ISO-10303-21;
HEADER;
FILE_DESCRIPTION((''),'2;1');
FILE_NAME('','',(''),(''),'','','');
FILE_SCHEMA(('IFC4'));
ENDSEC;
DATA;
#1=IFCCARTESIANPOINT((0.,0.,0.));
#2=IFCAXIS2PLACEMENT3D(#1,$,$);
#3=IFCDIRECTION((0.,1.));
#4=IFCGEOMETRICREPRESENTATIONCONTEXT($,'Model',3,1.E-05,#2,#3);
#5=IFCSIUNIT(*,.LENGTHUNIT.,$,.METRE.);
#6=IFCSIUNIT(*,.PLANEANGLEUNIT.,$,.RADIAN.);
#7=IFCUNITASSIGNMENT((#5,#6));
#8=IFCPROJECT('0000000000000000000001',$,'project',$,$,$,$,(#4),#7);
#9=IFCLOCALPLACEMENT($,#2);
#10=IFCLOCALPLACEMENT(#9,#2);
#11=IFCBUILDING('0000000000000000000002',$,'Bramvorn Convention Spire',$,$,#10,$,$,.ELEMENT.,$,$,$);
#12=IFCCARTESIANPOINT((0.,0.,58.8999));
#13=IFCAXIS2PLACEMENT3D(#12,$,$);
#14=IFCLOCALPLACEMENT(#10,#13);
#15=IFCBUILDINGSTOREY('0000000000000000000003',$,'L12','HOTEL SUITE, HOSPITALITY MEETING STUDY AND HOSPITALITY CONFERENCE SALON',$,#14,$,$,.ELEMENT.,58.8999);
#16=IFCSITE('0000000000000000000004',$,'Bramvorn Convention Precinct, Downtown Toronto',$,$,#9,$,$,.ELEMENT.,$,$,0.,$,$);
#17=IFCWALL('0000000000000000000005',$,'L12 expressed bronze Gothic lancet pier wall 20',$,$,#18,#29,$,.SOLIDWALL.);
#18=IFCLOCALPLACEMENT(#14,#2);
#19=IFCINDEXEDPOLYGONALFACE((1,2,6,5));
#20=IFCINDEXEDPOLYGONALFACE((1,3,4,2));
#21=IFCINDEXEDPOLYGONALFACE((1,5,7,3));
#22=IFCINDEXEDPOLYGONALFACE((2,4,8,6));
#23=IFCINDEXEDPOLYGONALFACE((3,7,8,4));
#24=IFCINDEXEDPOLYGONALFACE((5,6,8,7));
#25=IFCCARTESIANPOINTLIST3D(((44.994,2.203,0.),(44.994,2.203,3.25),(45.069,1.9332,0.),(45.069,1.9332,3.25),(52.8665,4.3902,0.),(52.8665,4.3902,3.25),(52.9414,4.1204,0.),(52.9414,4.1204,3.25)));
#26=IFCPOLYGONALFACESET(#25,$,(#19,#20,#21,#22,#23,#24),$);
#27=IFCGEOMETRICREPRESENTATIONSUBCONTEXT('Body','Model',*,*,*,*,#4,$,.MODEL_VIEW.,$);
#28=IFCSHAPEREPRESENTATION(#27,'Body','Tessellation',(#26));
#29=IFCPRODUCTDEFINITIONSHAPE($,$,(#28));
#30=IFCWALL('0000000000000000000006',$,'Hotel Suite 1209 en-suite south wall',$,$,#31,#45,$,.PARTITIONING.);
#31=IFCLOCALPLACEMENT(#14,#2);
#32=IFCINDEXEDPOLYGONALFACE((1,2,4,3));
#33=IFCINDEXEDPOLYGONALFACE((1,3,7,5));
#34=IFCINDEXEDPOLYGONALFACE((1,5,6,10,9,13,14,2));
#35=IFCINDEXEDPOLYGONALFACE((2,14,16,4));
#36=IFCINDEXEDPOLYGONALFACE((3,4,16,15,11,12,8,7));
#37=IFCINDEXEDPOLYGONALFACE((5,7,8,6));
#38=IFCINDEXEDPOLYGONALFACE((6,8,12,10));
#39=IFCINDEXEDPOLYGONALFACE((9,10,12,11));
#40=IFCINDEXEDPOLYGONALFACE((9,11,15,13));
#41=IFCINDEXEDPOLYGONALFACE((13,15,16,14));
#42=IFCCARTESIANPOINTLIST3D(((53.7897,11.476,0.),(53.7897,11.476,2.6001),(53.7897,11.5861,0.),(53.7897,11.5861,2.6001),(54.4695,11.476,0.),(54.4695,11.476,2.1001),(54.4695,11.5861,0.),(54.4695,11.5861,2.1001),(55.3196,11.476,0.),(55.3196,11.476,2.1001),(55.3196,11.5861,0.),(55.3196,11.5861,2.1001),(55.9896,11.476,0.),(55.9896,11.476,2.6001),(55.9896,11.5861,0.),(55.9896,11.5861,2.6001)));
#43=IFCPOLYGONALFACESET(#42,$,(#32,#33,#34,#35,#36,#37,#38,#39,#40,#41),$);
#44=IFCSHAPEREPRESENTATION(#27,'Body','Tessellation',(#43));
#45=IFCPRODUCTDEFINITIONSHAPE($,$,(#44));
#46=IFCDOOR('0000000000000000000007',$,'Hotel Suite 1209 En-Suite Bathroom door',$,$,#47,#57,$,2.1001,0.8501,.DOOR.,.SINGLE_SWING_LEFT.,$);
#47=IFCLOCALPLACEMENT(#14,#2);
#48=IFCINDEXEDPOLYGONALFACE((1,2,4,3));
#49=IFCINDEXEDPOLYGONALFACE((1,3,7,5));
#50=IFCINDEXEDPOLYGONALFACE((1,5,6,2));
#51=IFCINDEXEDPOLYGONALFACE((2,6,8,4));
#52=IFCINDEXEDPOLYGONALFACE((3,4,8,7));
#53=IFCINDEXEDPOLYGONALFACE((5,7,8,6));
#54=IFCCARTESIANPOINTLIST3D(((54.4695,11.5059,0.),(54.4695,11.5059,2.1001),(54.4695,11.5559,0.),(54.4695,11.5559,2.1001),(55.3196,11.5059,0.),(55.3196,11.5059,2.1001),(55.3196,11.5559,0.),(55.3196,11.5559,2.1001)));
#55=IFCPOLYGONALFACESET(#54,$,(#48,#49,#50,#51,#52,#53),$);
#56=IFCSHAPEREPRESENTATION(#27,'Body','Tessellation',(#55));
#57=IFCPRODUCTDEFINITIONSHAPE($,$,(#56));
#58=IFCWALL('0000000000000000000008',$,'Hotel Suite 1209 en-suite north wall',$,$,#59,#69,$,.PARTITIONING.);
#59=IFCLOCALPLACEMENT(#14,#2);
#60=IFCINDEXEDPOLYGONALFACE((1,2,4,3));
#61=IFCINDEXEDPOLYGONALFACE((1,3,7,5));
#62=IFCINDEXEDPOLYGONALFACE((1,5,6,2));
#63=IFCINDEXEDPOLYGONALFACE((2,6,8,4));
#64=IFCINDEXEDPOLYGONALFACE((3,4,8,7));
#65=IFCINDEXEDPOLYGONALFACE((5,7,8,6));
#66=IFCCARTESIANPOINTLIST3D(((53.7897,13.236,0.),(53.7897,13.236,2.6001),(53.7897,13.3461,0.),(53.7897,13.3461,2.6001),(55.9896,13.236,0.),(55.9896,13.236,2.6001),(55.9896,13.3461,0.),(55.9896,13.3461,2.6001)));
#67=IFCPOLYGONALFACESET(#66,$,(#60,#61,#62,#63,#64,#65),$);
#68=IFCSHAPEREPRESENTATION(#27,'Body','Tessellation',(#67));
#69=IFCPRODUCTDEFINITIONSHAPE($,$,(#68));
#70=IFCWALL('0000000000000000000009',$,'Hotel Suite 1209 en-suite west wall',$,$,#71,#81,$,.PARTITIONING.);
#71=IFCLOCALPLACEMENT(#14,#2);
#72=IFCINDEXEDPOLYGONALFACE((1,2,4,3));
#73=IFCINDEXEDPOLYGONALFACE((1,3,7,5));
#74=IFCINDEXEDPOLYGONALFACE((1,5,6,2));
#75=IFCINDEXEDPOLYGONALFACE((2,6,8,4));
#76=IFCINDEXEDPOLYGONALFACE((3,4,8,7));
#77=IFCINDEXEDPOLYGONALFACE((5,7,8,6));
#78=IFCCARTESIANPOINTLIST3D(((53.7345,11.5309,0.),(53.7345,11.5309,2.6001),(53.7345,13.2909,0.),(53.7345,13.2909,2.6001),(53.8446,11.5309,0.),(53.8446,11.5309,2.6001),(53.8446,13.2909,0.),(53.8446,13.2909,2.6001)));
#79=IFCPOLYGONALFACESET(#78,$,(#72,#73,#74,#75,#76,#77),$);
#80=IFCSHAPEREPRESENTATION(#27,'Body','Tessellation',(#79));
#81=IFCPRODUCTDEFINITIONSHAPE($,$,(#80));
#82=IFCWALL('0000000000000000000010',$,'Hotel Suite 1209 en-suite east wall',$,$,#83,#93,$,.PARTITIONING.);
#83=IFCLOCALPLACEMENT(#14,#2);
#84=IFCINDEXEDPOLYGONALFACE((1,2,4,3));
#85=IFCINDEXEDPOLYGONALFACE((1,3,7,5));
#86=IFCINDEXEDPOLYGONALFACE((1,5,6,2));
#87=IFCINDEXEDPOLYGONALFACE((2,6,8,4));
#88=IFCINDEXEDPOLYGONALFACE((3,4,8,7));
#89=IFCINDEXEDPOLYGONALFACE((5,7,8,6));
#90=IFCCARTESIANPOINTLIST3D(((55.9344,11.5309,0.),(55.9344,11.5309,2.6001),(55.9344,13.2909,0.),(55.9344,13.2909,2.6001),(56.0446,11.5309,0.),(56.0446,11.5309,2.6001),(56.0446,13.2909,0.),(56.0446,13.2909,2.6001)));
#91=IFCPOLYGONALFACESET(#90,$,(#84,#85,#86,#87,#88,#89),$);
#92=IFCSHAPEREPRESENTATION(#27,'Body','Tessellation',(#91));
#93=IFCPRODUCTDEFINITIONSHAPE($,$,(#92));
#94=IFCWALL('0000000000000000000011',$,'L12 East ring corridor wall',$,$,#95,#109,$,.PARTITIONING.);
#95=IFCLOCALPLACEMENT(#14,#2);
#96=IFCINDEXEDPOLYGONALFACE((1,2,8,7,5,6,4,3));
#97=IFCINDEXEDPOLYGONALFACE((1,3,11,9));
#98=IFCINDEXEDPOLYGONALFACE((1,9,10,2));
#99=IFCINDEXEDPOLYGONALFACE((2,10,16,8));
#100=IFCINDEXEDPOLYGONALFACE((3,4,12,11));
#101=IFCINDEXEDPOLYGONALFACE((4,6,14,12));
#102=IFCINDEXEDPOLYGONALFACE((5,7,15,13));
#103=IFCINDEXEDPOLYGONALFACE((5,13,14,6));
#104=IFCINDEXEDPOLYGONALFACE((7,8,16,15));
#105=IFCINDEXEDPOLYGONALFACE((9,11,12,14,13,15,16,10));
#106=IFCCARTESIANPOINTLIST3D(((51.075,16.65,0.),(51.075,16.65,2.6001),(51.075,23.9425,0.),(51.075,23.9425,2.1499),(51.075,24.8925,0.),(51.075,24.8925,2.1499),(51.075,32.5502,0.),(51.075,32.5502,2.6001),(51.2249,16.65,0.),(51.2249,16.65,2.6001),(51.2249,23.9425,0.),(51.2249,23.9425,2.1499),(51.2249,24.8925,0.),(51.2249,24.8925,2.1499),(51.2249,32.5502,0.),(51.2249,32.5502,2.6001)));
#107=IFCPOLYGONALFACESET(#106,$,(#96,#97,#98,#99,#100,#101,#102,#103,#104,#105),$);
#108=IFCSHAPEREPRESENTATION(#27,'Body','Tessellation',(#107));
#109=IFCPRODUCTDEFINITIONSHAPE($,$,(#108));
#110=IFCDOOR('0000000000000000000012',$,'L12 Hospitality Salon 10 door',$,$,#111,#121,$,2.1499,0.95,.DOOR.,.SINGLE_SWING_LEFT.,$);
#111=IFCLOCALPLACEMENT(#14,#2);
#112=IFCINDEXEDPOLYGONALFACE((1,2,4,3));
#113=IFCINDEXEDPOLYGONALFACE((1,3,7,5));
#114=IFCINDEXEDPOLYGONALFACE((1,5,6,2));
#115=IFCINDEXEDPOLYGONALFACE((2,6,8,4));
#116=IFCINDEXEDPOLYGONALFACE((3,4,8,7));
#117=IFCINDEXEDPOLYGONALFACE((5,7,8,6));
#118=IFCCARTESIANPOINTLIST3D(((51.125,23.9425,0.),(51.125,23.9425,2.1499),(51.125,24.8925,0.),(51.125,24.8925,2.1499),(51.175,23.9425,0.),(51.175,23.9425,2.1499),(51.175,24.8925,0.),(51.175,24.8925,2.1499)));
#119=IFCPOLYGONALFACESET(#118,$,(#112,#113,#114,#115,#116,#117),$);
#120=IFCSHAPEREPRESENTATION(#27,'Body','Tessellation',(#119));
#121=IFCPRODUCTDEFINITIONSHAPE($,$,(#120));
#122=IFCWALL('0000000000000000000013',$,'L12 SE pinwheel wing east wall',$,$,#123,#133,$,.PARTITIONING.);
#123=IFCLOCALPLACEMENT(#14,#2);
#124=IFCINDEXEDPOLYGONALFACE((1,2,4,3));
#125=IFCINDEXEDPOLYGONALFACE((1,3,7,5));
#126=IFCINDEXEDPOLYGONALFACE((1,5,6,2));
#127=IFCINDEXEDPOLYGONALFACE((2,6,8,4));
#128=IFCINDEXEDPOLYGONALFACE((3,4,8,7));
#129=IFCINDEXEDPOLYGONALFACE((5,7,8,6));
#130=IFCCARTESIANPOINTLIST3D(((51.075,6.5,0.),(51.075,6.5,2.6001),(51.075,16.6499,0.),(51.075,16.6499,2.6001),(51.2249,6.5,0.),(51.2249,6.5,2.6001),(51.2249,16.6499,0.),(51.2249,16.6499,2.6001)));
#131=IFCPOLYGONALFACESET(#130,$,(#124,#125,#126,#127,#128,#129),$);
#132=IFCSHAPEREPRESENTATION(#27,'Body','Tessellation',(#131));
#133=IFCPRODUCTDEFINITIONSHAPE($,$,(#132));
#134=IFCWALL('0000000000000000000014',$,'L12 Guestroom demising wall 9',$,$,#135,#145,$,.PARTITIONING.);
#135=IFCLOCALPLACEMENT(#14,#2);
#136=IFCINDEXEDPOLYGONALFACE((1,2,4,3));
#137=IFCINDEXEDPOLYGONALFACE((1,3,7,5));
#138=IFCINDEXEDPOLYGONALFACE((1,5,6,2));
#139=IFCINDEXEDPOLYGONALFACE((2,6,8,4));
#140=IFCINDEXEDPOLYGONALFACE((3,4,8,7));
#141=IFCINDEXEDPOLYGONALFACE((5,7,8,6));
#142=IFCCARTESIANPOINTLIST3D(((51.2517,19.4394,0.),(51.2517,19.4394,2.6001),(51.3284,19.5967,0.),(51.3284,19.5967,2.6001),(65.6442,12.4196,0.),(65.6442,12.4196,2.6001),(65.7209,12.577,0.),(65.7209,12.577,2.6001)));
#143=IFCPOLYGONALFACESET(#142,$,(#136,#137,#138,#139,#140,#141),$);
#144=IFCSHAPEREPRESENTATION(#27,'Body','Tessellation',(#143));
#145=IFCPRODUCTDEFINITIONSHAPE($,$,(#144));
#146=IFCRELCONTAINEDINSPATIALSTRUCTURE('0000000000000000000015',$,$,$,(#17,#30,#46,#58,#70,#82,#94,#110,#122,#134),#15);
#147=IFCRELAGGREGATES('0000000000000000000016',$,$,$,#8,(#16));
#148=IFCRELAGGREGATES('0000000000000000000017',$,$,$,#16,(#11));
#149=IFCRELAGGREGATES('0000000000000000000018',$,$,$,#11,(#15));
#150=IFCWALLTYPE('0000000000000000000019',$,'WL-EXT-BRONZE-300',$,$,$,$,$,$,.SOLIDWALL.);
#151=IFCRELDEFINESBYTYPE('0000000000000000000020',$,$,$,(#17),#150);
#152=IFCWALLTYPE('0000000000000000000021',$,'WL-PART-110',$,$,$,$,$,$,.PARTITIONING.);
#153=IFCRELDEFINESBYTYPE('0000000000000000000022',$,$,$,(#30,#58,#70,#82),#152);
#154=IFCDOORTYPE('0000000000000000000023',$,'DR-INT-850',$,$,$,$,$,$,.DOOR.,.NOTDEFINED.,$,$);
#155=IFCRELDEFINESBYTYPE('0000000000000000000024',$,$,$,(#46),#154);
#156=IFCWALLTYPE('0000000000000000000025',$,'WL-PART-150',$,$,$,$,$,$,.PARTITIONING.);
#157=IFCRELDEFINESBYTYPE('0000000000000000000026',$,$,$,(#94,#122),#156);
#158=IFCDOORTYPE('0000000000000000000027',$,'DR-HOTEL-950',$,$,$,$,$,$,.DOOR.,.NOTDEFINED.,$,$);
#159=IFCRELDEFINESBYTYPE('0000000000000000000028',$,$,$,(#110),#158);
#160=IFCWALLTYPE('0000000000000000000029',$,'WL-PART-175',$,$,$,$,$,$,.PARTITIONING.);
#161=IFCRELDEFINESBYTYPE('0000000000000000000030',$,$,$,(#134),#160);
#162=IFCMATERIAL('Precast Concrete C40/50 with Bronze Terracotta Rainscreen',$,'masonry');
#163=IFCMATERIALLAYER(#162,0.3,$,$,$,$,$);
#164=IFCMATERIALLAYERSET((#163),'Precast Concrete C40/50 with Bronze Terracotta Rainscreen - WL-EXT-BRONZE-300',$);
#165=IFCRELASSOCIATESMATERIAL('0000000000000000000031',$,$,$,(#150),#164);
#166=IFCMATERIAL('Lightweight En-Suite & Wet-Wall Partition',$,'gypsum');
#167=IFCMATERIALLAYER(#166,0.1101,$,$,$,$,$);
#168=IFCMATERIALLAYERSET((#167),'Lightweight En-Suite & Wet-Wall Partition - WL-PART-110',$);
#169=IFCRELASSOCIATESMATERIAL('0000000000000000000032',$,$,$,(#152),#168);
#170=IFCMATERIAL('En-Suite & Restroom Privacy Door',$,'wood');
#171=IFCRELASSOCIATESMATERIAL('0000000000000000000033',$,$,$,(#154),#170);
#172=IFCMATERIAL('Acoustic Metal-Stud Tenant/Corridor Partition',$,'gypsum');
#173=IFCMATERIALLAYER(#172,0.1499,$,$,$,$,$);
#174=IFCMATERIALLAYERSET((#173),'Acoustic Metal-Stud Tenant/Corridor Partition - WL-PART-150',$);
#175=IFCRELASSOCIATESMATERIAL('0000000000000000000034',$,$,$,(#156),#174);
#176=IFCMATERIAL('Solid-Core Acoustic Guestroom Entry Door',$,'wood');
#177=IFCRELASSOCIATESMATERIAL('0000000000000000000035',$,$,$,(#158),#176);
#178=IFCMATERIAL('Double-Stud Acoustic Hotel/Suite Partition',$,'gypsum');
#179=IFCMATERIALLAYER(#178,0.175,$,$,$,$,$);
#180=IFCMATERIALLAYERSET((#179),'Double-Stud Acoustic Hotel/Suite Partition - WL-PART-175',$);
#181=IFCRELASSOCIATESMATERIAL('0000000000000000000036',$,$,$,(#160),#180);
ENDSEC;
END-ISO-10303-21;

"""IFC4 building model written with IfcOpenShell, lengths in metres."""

from ifc_helpers import new_model, si_unit, direction, frame, frame_2d, origin, place, context, subcontext, project, spatial, rectangle, extrude, material, layer, layer_set, type_object, element, fill, save


model = new_model("IFC4")

# Units and contexts
model_context = context("Model", 3, precision=1e-05, world=origin(), true_north=direction((0.0, 1.0)))
body_context = subcontext(model_context, "Body", "Model", "MODEL_VIEW")
ifc_project = project(units=[si_unit("LENGTHUNIT", "METRE"), si_unit("PLANEANGLEUNIT", "RADIAN")], contexts=[model_context])

# Site, building, storey
site_placement = place(None, origin())
site = spatial("IfcSite", under=ifc_project, at=site_placement, Name="Bramvorn Convention Precinct, Downtown Toronto", CompositionType="ELEMENT", RefElevation=0.0)
building_placement = place(site_placement, origin())
building = spatial("IfcBuilding", under=site, at=building_placement, Name="Bramvorn Convention Spire", CompositionType="ELEMENT")
storey_placement = place(building_placement, frame((0.0, 0.0, 58.8999)))
storey = spatial("IfcBuildingStorey", under=building, at=storey_placement, Name="L12", Description="HOTEL SUITE, HOSPITALITY MEETING STUDY AND HOSPITALITY CONFERENCE SALON", CompositionType="ELEMENT", Elevation=58.8999)

# Wall
ifc_material_1 = material(Name="Precast Concrete C40/50 with Bronze Terracotta Rainscreen", Category="masonry")
ifc_layer_1 = layer(ifc_material_1, 0.3)
ifc_layer_set_1 = layer_set([ifc_layer_1], Name="Precast Concrete C40/50 with Bronze Terracotta Rainscreen - WL-EXT-BRONZE-300")
wall_type_1 = type_object("IfcWallType", Name="WL-EXT-BRONZE-300", PredefinedType="SOLIDWALL", material=ifc_layer_set_1)
wall_1_placement = place(storey_placement, frame((52.9041, 4.2554, 0.0), z_axis=(0.0, 0.0, 1.0), x_axis=(-0.963504, -0.267693, 0.0)))
element("IfcWall", 1, at=wall_1_placement, inside=storey, type_object=wall_type_1, Name="L12 expressed bronze Gothic lancet pier wall 20", PredefinedType="SOLIDWALL", context=body_context, shape_type="SweptSolid", body=[
    extrude(rectangle(XDim=8.1707, YDim=0.28, at=frame_2d((4.0854, 0.0))), origin(), (0.0, 0.0, 1.0), 3.25),
])

# Wall, opening, door
ifc_material_2 = material(Name="Lightweight En-Suite & Wet-Wall Partition", Category="gypsum")
ifc_layer_2 = layer(ifc_material_2, 0.1101)
ifc_layer_set_2 = layer_set([ifc_layer_2], Name="Lightweight En-Suite & Wet-Wall Partition - WL-PART-110")
wall_type_2 = type_object("IfcWallType", Name="WL-PART-110", PredefinedType="PARTITIONING", material=ifc_layer_set_2)
wall_2_placement = place(storey_placement, frame((53.7896, 11.531, 0.0), z_axis=(0.0, 0.0, 1.0), x_axis=(1.0, 0.0, 0.0)))
wall_2 = element("IfcWall", 2, at=wall_2_placement, inside=storey, type_object=wall_type_2, Name="Hotel Suite 1209 en-suite south wall", PredefinedType="PARTITIONING", context=body_context, shape_type="SweptSolid", body=[
    extrude(rectangle(XDim=2.2, YDim=0.1101, at=frame_2d((1.1001, 0.0))), origin(), (0.0, 0.0, 1.0), 2.6001),
])
opening_1_placement = place(wall_2_placement, frame((0.6799, 0.0, 0.0)))
opening_1 = element("IfcOpeningElement", 3, at=opening_1_placement, cuts=wall_2, PredefinedType="OPENING", context=body_context, shape_type="SweptSolid", body=[
    extrude(rectangle(XDim=0.8501, YDim=2.1001, at=frame_2d((0.425, 1.05))), frame((0.0, 0.0649, 0.0), z_axis=(0.0, -1.0, 0.0), x_axis=(1.0, 0.0, 0.0)), (0.0, 0.0, 1.0), 0.1301),
])
ifc_material_3 = material(Name="En-Suite & Restroom Privacy Door", Category="wood")
door_type_1 = type_object("IfcDoorType", Name="DR-INT-850", OperationType="NOTDEFINED", PredefinedType="DOOR", material=ifc_material_3)
door_1_placement = place(opening_1_placement, origin())
door_1 = element("IfcDoor", 4, at=door_1_placement, inside=storey, type_object=door_type_1, Name="Hotel Suite 1209 En-Suite Bathroom door", OperationType="SINGLE_SWING_LEFT", OverallHeight=2.1001, OverallWidth=0.8501, PredefinedType="DOOR", context=body_context, shape_type="SweptSolid", body=[
    extrude(rectangle(XDim=0.8501, YDim=2.1001, at=frame_2d((0.425, 1.05))), frame((0.0, 0.0249, 0.0), z_axis=(0.0, -1.0, 0.0), x_axis=(1.0, 0.0, 0.0)), (0.0, 0.0, 1.0), 0.05),
])
fill(opening_1, door_1)

# Walls
wall_3_placement = place(storey_placement, frame((53.7896, 13.291, 0.0), z_axis=(0.0, 0.0, 1.0), x_axis=(1.0, 0.0, 0.0)))
element("IfcWall", 5, at=wall_3_placement, inside=storey, type_object=wall_type_2, Name="Hotel Suite 1209 en-suite north wall", PredefinedType="PARTITIONING", context=body_context, shape_type="SweptSolid", body=[
    extrude(rectangle(XDim=2.2, YDim=0.1101, at=frame_2d((1.1001, 0.0))), origin(), (0.0, 0.0, 1.0), 2.6001),
])
for number, where, z_axis, x_axis, name in (
    (6, (53.7896, 11.531, 0.0), (0.0, 0.0, 1.0), (0.0, 1.0, 0.0), "Hotel Suite 1209 en-suite west wall"),
    (7, (55.9895, 11.531, 0.0), (0.0, 0.0, 1.0), (0.0, 1.0, 0.0), "Hotel Suite 1209 en-suite east wall"),
):
    element("IfcWall", number, at=place(storey_placement, frame(where, z_axis=z_axis, x_axis=x_axis)), inside=storey, type_object=wall_type_2, Name=name, PredefinedType="PARTITIONING", context=body_context, shape_type="SweptSolid", body=[
        extrude(rectangle(XDim=1.76, YDim=0.1101, at=frame_2d((0.8799, 0.0))), origin(), (0.0, 0.0, 1.0), 2.6001),
    ])

# Wall, opening, door
ifc_material_4 = material(Name="Acoustic Metal-Stud Tenant/Corridor Partition", Category="gypsum")
ifc_layer_3 = layer(ifc_material_4, 0.1499)
ifc_layer_set_3 = layer_set([ifc_layer_3], Name="Acoustic Metal-Stud Tenant/Corridor Partition - WL-PART-150")
wall_type_3 = type_object("IfcWallType", Name="WL-PART-150", PredefinedType="PARTITIONING", material=ifc_layer_set_3)
wall_4_placement = place(storey_placement, frame((51.1499, 16.6499, 0.0), z_axis=(0.0, 0.0, 1.0), x_axis=(0.0, 1.0, 0.0)))
wall_4 = element("IfcWall", 8, at=wall_4_placement, inside=storey, type_object=wall_type_3, Name="L12 East ring corridor wall", PredefinedType="PARTITIONING", context=body_context, shape_type="SweptSolid", body=[
    extrude(rectangle(XDim=15.9001, YDim=0.1499, at=frame_2d((7.9502, 0.0))), origin(), (0.0, 0.0, 1.0), 2.6001),
])
opening_2_placement = place(wall_4_placement, frame((7.2925, 0.0, 0.0)))
opening_2 = element("IfcOpeningElement", 9, at=opening_2_placement, cuts=wall_4, PredefinedType="OPENING", context=body_context, shape_type="SweptSolid", body=[
    extrude(rectangle(XDim=0.95, YDim=2.1499, at=frame_2d((0.4751, 1.075))), frame((0.0, 0.085, 0.0), z_axis=(0.0, -1.0, 0.0), x_axis=(1.0, 0.0, 0.0)), (0.0, 0.0, 1.0), 0.1699),
])
ifc_material_5 = material(Name="Solid-Core Acoustic Guestroom Entry Door", Category="wood")
door_type_2 = type_object("IfcDoorType", Name="DR-HOTEL-950", OperationType="NOTDEFINED", PredefinedType="DOOR", material=ifc_material_5)
door_2_placement = place(opening_2_placement, origin())
door_2 = element("IfcDoor", 10, at=door_2_placement, inside=storey, type_object=door_type_2, Name="L12 Hospitality Salon 10 door", OperationType="SINGLE_SWING_LEFT", OverallHeight=2.1499, OverallWidth=0.95, PredefinedType="DOOR", context=body_context, shape_type="SweptSolid", body=[
    extrude(rectangle(XDim=0.95, YDim=2.1499, at=frame_2d((0.4751, 1.075))), frame((0.0, 0.0249, 0.0), z_axis=(0.0, -1.0, 0.0), x_axis=(1.0, 0.0, 0.0)), (0.0, 0.0, 1.0), 0.05),
])
fill(opening_2, door_2)

# Walls
wall_5_placement = place(storey_placement, frame((51.1499, 6.5, 0.0), z_axis=(0.0, 0.0, 1.0), x_axis=(0.0, 1.0, 0.0)))
element("IfcWall", 11, at=wall_5_placement, inside=storey, type_object=wall_type_3, Name="L12 SE pinwheel wing east wall", PredefinedType="PARTITIONING", context=body_context, shape_type="SweptSolid", body=[
    extrude(rectangle(XDim=10.1499, YDim=0.1499, at=frame_2d((5.075, 0.0))), origin(), (0.0, 0.0, 1.0), 2.6001),
])
ifc_material_6 = material(Name="Double-Stud Acoustic Hotel/Suite Partition", Category="gypsum")
ifc_layer_4 = layer(ifc_material_6, 0.175)
ifc_layer_set_4 = layer_set([ifc_layer_4], Name="Double-Stud Acoustic Hotel/Suite Partition - WL-PART-175")
wall_type_4 = type_object("IfcWallType", Name="WL-PART-175", PredefinedType="PARTITIONING", material=ifc_layer_set_4)
wall_6_placement = place(storey_placement, frame((51.29, 19.5181, 0.0), z_axis=(0.0, 0.0, 1.0), x_axis=(0.898793, -0.438373, 0.0)))
element("IfcWall", 12, at=wall_6_placement, inside=storey, type_object=wall_type_4, Name="L12 Guestroom demising wall 9", PredefinedType="PARTITIONING", context=body_context, shape_type="SweptSolid", body=[
    extrude(rectangle(XDim=16.0132, YDim=0.175, at=frame_2d((8.0066, 0.0))), origin(), (0.0, 0.0, 1.0), 2.6001),
])

save(model, "model.ifc")
